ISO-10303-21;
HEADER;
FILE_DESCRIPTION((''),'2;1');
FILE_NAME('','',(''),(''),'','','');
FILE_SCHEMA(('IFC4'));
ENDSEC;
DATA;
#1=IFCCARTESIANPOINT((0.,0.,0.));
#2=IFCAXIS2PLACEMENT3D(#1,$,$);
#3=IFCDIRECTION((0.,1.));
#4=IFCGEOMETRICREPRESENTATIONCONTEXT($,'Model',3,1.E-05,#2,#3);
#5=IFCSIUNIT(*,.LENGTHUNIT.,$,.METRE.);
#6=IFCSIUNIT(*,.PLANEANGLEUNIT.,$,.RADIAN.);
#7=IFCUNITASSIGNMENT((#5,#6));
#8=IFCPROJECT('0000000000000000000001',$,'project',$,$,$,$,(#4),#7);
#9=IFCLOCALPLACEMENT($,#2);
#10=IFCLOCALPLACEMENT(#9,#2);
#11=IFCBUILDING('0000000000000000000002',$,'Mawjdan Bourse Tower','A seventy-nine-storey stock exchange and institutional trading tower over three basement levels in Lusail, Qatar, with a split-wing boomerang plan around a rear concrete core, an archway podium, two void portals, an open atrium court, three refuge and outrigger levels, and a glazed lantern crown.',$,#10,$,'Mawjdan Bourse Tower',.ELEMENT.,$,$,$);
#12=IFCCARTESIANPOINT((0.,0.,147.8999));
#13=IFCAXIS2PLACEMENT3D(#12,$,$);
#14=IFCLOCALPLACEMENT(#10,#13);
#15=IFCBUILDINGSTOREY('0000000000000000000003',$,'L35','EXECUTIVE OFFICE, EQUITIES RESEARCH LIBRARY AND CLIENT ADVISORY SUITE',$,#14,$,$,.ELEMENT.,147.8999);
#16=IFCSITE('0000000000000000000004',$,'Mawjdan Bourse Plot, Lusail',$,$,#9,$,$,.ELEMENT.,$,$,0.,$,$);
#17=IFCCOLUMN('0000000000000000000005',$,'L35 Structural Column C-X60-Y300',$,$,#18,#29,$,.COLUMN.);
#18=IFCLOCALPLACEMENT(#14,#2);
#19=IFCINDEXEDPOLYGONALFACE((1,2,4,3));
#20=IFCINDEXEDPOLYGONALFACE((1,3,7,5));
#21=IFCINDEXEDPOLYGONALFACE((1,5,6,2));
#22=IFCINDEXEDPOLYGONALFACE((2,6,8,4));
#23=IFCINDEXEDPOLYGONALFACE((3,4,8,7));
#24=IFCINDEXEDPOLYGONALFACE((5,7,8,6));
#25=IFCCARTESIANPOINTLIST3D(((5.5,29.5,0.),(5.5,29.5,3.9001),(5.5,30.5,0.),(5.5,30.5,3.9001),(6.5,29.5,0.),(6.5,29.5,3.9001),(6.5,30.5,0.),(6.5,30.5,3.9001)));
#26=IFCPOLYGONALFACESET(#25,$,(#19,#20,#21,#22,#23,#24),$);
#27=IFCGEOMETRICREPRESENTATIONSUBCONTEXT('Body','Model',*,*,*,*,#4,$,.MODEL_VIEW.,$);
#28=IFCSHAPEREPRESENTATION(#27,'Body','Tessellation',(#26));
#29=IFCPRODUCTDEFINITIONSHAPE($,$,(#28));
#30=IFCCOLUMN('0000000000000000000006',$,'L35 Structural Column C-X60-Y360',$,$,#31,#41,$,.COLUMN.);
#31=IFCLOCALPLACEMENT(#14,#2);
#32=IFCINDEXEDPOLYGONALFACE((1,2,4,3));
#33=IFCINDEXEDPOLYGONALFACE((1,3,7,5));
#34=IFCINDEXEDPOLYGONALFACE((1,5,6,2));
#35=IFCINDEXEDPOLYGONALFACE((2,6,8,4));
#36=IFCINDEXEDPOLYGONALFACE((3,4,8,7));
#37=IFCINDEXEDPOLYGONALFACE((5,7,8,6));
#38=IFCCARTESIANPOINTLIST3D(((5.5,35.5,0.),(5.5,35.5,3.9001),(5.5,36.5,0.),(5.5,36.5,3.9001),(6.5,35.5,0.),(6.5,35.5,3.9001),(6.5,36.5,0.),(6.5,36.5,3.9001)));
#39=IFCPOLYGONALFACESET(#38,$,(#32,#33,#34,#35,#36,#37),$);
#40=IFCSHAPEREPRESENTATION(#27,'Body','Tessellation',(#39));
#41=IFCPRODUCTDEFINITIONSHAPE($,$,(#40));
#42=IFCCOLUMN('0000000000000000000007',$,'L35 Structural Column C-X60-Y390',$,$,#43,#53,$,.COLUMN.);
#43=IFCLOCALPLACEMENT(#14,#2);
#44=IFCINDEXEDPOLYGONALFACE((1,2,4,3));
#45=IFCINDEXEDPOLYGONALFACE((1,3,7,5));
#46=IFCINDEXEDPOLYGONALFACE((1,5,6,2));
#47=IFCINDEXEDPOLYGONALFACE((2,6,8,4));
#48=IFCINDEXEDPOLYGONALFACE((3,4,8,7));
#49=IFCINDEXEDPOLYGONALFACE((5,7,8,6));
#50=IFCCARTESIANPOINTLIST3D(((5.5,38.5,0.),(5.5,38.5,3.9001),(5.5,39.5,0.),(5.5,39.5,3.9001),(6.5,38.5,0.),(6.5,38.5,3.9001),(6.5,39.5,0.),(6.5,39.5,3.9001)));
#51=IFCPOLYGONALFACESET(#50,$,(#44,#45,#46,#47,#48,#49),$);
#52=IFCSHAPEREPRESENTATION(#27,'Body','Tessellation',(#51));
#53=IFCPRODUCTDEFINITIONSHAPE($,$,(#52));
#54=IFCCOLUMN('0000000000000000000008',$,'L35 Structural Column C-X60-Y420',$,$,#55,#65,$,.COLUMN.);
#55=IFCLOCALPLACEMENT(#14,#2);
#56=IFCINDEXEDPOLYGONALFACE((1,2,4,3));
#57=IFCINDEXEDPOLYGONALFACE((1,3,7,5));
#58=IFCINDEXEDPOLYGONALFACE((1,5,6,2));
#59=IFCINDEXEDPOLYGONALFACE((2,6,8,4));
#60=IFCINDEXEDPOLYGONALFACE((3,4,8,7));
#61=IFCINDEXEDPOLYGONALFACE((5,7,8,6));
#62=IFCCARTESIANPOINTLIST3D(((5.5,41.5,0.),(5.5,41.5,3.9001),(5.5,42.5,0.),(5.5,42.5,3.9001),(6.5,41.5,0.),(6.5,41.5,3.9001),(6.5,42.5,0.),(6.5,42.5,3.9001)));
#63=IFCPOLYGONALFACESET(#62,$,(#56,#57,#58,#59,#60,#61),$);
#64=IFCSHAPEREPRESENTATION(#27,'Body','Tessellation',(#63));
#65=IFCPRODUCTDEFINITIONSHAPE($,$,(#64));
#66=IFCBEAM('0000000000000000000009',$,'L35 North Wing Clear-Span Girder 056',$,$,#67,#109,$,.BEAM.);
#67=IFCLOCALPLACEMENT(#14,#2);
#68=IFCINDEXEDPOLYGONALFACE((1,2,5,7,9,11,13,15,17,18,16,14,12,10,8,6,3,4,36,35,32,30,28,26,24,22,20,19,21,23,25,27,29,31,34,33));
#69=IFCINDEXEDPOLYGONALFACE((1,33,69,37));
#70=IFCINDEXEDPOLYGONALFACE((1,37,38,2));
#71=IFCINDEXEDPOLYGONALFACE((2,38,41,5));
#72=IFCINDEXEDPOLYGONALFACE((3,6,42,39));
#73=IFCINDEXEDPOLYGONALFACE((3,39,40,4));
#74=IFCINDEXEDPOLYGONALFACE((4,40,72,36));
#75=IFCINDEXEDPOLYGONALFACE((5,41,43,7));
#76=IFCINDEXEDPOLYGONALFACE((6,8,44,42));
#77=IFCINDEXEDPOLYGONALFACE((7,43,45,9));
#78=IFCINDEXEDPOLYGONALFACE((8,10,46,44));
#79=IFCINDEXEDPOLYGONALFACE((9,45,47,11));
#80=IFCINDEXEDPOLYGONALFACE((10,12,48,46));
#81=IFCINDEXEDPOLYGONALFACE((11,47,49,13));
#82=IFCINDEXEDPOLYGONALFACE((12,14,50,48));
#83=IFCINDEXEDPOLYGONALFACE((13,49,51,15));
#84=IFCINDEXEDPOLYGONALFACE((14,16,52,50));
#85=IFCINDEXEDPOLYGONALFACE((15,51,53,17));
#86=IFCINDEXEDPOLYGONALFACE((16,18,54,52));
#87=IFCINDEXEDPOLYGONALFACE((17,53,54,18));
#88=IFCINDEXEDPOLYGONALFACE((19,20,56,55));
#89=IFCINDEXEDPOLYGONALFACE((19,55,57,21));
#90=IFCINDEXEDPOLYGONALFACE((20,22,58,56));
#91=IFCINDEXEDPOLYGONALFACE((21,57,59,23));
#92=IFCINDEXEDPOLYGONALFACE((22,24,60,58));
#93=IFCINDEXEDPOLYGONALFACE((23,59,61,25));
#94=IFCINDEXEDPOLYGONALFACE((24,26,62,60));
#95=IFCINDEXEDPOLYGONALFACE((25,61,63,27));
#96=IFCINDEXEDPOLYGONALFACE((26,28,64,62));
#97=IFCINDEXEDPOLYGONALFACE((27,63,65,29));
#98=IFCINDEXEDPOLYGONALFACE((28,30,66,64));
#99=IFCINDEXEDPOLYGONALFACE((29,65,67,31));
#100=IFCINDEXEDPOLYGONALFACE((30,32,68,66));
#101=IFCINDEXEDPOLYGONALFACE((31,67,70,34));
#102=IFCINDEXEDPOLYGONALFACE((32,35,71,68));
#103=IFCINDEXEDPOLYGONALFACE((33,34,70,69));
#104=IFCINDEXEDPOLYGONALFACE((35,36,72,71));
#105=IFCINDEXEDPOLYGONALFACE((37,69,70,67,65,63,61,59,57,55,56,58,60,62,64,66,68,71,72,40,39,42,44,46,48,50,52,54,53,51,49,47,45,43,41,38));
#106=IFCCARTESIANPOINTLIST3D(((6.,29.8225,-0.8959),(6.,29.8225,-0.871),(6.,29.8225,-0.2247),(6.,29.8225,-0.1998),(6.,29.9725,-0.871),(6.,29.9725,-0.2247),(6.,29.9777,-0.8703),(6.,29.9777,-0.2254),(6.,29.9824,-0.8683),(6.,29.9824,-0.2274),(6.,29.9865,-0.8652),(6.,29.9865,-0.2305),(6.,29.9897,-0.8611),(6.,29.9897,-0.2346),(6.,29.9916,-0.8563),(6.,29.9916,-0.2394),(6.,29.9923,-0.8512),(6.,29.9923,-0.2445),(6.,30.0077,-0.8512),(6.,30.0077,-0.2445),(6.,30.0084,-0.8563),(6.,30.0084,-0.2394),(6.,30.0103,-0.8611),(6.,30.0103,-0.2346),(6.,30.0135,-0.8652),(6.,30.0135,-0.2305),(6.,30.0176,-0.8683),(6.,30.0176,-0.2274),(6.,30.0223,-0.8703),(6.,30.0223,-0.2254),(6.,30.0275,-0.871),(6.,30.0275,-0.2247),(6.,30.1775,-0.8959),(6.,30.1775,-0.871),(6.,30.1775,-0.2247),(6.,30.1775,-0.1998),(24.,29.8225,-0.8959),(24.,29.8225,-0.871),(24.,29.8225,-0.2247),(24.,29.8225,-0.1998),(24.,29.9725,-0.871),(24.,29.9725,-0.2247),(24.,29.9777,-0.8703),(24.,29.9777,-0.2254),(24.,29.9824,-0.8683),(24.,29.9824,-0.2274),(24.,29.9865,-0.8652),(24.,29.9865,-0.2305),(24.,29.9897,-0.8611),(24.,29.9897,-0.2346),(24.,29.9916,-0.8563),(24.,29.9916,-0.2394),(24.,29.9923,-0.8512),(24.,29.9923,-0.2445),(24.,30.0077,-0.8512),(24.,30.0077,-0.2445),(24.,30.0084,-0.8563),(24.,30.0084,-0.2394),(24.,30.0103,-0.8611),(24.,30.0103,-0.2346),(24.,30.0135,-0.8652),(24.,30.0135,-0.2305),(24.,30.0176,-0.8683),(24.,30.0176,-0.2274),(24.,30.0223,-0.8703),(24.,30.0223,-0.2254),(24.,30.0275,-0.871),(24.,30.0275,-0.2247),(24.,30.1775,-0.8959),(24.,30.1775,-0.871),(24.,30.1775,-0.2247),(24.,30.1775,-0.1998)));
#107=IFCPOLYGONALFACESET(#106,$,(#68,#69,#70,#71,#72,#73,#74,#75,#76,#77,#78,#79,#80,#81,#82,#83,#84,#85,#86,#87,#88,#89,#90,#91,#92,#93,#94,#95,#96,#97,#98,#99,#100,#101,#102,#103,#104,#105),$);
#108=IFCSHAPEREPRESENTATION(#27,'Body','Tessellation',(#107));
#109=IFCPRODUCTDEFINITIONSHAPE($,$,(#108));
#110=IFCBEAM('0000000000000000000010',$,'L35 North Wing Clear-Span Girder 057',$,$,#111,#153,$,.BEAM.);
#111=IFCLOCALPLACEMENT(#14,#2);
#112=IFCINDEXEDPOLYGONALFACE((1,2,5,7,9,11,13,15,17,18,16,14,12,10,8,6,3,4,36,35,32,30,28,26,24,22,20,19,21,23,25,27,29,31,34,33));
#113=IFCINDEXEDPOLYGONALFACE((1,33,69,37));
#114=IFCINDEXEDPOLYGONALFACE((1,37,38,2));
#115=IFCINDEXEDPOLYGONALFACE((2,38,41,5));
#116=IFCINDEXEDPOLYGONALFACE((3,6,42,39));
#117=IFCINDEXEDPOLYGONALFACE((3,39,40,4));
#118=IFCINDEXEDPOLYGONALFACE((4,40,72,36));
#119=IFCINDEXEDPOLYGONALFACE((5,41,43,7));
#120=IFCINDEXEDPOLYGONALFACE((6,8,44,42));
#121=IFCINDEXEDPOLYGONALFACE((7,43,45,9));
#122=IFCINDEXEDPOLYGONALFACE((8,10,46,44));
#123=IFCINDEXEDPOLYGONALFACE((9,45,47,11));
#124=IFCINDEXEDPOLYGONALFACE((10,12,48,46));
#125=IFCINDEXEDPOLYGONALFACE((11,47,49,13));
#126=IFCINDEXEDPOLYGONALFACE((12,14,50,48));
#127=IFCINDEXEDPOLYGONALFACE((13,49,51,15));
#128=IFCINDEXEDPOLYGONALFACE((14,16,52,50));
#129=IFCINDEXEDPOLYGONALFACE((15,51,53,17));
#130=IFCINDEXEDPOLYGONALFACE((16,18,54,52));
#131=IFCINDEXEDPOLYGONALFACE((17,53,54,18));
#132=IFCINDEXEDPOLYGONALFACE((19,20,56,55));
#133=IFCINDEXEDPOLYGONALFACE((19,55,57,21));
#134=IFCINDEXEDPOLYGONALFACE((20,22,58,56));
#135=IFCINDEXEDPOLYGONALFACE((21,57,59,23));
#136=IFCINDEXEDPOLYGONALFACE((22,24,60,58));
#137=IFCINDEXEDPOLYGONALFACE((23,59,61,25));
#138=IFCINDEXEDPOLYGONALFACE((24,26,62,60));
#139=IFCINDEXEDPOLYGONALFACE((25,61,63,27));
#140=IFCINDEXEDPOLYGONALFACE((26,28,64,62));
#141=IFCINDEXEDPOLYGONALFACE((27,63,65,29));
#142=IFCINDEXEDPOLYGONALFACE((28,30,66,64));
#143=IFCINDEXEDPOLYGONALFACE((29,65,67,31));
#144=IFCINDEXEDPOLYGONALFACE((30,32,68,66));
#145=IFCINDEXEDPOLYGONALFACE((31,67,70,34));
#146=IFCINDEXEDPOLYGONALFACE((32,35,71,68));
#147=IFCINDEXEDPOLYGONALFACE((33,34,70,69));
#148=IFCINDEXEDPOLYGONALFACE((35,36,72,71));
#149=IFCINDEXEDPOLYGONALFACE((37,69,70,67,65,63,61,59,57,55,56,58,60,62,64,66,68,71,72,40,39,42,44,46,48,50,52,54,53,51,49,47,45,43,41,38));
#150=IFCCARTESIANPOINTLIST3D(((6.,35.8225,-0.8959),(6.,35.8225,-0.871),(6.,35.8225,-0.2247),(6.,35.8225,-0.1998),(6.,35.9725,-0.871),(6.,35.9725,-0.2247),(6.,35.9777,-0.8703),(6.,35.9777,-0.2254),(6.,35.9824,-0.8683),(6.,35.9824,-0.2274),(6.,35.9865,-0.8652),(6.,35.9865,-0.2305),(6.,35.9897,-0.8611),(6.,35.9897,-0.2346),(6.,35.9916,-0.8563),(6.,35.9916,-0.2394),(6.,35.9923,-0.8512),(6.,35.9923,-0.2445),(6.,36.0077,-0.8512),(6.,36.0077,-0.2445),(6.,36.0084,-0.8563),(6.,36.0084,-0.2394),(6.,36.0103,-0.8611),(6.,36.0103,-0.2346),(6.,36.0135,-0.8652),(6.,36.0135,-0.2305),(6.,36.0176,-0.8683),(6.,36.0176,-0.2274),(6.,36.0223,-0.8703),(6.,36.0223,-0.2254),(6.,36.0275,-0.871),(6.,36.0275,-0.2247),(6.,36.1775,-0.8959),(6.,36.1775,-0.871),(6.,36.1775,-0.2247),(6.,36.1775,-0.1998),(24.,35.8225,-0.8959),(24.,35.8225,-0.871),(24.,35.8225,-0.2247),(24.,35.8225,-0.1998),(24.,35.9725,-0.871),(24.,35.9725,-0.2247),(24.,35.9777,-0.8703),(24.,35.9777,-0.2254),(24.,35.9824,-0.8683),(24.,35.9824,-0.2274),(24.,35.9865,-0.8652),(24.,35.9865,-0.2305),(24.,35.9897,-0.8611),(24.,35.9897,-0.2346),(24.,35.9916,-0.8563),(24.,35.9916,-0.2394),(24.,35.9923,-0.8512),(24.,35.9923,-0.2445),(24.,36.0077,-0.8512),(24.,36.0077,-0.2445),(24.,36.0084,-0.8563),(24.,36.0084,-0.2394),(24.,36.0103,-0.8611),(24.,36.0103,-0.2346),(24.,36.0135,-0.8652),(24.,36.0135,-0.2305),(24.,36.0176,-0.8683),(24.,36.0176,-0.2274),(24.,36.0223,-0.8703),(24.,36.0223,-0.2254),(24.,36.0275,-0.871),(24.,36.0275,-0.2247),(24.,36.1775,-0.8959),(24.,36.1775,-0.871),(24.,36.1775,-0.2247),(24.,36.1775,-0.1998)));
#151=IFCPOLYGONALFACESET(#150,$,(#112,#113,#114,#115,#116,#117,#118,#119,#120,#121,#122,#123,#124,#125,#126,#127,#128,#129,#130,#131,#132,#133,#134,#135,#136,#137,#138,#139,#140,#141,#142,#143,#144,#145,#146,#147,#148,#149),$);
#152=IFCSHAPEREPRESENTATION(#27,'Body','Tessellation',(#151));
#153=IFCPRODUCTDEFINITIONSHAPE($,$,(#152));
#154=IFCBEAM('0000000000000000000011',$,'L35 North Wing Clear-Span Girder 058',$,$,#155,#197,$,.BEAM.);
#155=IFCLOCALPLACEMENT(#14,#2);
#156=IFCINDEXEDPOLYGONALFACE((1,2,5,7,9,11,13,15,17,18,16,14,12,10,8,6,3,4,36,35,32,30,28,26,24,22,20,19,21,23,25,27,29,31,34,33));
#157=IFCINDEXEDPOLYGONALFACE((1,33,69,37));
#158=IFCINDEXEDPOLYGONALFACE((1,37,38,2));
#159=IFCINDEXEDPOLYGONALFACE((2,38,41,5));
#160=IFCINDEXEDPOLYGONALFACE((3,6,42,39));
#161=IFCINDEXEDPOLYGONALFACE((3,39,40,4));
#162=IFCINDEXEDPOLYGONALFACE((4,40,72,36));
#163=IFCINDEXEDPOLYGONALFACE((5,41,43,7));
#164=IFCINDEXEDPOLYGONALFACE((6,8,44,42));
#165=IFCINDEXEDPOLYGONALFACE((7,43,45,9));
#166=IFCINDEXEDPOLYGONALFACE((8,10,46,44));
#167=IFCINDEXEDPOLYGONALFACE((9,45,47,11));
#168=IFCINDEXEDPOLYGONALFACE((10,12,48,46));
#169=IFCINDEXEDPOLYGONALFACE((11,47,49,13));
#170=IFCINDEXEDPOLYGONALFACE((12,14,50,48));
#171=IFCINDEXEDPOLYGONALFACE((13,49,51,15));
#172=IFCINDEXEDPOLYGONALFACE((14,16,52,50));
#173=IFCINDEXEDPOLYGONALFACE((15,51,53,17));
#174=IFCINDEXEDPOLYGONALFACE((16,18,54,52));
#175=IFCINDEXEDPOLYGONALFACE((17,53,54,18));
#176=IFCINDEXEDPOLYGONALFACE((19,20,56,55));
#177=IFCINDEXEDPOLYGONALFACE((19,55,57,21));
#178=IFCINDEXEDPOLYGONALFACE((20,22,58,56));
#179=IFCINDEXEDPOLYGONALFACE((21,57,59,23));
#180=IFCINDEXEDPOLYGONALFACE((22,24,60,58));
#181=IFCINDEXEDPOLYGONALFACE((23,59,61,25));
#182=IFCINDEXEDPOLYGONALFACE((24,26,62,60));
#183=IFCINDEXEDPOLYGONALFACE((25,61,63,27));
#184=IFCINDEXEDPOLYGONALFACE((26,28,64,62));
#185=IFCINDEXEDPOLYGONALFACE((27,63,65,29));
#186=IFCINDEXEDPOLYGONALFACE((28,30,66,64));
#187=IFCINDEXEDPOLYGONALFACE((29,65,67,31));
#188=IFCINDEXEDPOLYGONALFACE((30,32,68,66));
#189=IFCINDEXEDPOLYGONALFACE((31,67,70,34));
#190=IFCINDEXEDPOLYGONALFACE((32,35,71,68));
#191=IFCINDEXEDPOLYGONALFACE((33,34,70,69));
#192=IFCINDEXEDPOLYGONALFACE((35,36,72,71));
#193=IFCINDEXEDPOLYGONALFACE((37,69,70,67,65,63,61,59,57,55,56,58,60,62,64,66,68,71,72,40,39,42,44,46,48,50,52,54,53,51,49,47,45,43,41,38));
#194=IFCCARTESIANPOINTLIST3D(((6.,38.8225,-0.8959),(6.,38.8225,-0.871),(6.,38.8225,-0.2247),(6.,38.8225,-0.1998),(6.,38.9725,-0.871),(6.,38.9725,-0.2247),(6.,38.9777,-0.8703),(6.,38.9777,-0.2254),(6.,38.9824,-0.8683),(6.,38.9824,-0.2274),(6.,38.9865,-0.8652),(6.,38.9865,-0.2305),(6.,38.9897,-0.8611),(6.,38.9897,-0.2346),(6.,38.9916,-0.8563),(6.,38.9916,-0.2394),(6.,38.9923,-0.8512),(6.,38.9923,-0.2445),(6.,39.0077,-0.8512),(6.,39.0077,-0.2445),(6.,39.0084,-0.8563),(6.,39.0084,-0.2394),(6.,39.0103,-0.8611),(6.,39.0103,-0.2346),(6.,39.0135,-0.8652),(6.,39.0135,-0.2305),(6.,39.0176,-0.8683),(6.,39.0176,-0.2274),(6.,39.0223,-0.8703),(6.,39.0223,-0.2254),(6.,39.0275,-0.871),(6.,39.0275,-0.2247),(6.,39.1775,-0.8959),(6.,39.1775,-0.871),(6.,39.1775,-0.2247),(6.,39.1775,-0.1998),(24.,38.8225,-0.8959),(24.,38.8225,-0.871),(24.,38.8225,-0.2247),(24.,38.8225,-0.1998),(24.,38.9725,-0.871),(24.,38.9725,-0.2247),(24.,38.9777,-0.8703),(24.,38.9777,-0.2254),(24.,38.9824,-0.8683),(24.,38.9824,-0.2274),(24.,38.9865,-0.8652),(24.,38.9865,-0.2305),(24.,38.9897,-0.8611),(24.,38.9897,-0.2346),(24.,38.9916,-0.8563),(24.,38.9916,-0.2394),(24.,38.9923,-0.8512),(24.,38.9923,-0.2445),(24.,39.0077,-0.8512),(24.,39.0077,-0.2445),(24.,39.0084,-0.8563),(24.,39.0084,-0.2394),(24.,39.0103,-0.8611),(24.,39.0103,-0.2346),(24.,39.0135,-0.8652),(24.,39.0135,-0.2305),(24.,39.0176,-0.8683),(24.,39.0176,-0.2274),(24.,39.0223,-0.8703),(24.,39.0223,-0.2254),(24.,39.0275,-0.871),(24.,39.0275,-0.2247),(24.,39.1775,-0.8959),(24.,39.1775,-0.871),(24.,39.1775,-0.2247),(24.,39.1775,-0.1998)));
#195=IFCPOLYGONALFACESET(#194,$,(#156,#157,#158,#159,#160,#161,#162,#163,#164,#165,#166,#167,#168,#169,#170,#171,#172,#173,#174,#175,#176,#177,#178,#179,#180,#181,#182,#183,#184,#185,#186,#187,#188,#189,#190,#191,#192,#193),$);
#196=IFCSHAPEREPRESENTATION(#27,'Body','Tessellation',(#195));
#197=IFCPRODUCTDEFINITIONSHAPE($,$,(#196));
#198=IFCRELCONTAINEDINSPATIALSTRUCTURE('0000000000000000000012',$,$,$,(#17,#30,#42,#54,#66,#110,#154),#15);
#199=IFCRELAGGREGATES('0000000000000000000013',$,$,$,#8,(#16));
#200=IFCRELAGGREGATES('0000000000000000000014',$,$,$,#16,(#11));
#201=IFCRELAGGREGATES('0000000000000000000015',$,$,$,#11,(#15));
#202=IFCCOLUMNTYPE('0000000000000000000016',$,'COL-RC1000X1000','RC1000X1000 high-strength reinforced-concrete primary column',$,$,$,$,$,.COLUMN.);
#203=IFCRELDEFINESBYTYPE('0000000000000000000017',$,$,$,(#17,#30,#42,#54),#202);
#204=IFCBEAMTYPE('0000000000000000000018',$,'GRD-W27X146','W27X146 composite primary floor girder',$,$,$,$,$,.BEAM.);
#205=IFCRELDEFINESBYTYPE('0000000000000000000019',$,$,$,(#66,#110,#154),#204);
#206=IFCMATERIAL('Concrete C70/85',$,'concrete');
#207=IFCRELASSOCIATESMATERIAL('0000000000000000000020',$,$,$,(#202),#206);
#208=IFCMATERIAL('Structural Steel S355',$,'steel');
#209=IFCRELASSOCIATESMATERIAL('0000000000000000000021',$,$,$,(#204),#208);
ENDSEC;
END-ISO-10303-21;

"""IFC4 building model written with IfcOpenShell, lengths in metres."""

from ifc_helpers import new_model, si_unit, direction, frame, origin, origin_2d, place, context, subcontext, project, spatial, rectangle, i_section, extrude, material, material_profile, profile_set, type_object, element, save


model = new_model("IFC4")

# Units and contexts
model_context = context("Model", 3, precision=1e-05, world=origin(), true_north=direction((0.0, 1.0)))
body_context = subcontext(model_context, "Body", "Model", "MODEL_VIEW")
ifc_project = project(units=[si_unit("LENGTHUNIT", "METRE"), si_unit("PLANEANGLEUNIT", "RADIAN")], contexts=[model_context])

# Site, building, storey
site_placement = place(None, origin())
site = spatial("IfcSite", under=ifc_project, at=site_placement, Name="Mawjdan Bourse Plot, Lusail", CompositionType="ELEMENT", RefElevation=0.0)
building_placement = place(site_placement, origin())
building = spatial("IfcBuilding", under=site, at=building_placement, Name="Mawjdan Bourse Tower", Description="A seventy-nine-storey stock exchange and institutional trading tower over three basement levels in Lusail, Qatar, with a split-wing boomerang plan around a rear concrete core, an archway podium, two void portals, an open atrium court, three refuge and outrigger levels, and a glazed lantern crown.", LongName="Mawjdan Bourse Tower", CompositionType="ELEMENT")
storey_placement = place(building_placement, frame((0.0, 0.0, 147.8999)))
storey = spatial("IfcBuildingStorey", under=building, at=storey_placement, Name="L35", Description="EXECUTIVE OFFICE, EQUITIES RESEARCH LIBRARY AND CLIENT ADVISORY SUITE", CompositionType="ELEMENT", Elevation=147.8999)

# Columns
ifc_material_1 = material(Name="Concrete C70/85", Category="concrete")
ifc_material_profile_1 = material_profile(ifc_material_1, rectangle(XDim=1.0, YDim=1.0, at=origin_2d()), Name="RC1000X1000")
ifc_profile_set_1 = profile_set([ifc_material_profile_1], Name="Concrete C70/85")
column_type = type_object("IfcColumnType", Name="COL-RC1000X1000", Description="RC1000X1000 high-strength reinforced-concrete primary column", PredefinedType="COLUMN", material=ifc_profile_set_1)
for number, where, z_axis, x_axis, name in (
    (1, (6.0, 30.0, 0.0), (0.0, 0.0, 1.0), (1.0, 0.0, 0.0), "L35 Structural Column C-X60-Y300"),
    (2, (6.0, 36.0, 0.0), (0.0, 0.0, 1.0), (1.0, 0.0, 0.0), "L35 Structural Column C-X60-Y360"),
    (3, (6.0, 39.0, 0.0), (0.0, 0.0, 1.0), (1.0, 0.0, 0.0), "L35 Structural Column C-X60-Y390"),
    (4, (6.0, 42.0, 0.0), (0.0, 0.0, 1.0), (1.0, 0.0, 0.0), "L35 Structural Column C-X60-Y420"),
):
    element("IfcColumn", number, at=place(storey_placement, frame(where, z_axis=z_axis, x_axis=x_axis)), inside=storey, type_object=column_type, Name=name, PredefinedType="COLUMN", context=body_context, shape_type="SweptSolid", body=[
        extrude(rectangle(XDim=1.0, YDim=1.0, at=origin_2d()), origin(), (0.0, 0.0, 1.0), 3.9001),
    ])

# Beams
ifc_material_2 = material(Name="Structural Steel S355", Category="steel")
ifc_material_profile_2 = material_profile(ifc_material_2, i_section(OverallWidth=0.355, OverallDepth=0.696, WebThickness=0.0154, FlangeThickness=0.0249, FilletRadius=0.0198, at=origin_2d()), Name="W27X146")
ifc_profile_set_2 = profile_set([ifc_material_profile_2], Name="Structural Steel S355")
beam_type_1 = type_object("IfcBeamType", Name="GRD-W27X146", Description="W27X146 composite primary floor girder", PredefinedType="BEAM", material=ifc_profile_set_2)
for number, where, z_axis, x_axis, name in (
    (5, (6.0, 30.0, -0.5479), (1.0, 0.0, 0.0), (0.0, 1.0, 0.0), "L35 North Wing Clear-Span Girder 056"),
    (6, (6.0, 36.0, -0.5479), (1.0, 0.0, 0.0), (0.0, 1.0, 0.0), "L35 North Wing Clear-Span Girder 057"),
    (7, (6.0, 39.0, -0.5479), (1.0, 0.0, 0.0), (0.0, 1.0, 0.0), "L35 North Wing Clear-Span Girder 058"),
):
    element("IfcBeam", number, at=place(storey_placement, frame(where, z_axis=z_axis, x_axis=x_axis)), inside=storey, type_object=beam_type_1, Name=name, PredefinedType="BEAM", context=body_context, shape_type="SweptSolid", body=[
        extrude(i_section(OverallWidth=0.355, OverallDepth=0.696, WebThickness=0.0154, FlangeThickness=0.0249, FilletRadius=0.0198, at=origin_2d()), origin(), (0.0, 0.0, 1.0), 18.0),
    ])

save(model, "model.ifc")
